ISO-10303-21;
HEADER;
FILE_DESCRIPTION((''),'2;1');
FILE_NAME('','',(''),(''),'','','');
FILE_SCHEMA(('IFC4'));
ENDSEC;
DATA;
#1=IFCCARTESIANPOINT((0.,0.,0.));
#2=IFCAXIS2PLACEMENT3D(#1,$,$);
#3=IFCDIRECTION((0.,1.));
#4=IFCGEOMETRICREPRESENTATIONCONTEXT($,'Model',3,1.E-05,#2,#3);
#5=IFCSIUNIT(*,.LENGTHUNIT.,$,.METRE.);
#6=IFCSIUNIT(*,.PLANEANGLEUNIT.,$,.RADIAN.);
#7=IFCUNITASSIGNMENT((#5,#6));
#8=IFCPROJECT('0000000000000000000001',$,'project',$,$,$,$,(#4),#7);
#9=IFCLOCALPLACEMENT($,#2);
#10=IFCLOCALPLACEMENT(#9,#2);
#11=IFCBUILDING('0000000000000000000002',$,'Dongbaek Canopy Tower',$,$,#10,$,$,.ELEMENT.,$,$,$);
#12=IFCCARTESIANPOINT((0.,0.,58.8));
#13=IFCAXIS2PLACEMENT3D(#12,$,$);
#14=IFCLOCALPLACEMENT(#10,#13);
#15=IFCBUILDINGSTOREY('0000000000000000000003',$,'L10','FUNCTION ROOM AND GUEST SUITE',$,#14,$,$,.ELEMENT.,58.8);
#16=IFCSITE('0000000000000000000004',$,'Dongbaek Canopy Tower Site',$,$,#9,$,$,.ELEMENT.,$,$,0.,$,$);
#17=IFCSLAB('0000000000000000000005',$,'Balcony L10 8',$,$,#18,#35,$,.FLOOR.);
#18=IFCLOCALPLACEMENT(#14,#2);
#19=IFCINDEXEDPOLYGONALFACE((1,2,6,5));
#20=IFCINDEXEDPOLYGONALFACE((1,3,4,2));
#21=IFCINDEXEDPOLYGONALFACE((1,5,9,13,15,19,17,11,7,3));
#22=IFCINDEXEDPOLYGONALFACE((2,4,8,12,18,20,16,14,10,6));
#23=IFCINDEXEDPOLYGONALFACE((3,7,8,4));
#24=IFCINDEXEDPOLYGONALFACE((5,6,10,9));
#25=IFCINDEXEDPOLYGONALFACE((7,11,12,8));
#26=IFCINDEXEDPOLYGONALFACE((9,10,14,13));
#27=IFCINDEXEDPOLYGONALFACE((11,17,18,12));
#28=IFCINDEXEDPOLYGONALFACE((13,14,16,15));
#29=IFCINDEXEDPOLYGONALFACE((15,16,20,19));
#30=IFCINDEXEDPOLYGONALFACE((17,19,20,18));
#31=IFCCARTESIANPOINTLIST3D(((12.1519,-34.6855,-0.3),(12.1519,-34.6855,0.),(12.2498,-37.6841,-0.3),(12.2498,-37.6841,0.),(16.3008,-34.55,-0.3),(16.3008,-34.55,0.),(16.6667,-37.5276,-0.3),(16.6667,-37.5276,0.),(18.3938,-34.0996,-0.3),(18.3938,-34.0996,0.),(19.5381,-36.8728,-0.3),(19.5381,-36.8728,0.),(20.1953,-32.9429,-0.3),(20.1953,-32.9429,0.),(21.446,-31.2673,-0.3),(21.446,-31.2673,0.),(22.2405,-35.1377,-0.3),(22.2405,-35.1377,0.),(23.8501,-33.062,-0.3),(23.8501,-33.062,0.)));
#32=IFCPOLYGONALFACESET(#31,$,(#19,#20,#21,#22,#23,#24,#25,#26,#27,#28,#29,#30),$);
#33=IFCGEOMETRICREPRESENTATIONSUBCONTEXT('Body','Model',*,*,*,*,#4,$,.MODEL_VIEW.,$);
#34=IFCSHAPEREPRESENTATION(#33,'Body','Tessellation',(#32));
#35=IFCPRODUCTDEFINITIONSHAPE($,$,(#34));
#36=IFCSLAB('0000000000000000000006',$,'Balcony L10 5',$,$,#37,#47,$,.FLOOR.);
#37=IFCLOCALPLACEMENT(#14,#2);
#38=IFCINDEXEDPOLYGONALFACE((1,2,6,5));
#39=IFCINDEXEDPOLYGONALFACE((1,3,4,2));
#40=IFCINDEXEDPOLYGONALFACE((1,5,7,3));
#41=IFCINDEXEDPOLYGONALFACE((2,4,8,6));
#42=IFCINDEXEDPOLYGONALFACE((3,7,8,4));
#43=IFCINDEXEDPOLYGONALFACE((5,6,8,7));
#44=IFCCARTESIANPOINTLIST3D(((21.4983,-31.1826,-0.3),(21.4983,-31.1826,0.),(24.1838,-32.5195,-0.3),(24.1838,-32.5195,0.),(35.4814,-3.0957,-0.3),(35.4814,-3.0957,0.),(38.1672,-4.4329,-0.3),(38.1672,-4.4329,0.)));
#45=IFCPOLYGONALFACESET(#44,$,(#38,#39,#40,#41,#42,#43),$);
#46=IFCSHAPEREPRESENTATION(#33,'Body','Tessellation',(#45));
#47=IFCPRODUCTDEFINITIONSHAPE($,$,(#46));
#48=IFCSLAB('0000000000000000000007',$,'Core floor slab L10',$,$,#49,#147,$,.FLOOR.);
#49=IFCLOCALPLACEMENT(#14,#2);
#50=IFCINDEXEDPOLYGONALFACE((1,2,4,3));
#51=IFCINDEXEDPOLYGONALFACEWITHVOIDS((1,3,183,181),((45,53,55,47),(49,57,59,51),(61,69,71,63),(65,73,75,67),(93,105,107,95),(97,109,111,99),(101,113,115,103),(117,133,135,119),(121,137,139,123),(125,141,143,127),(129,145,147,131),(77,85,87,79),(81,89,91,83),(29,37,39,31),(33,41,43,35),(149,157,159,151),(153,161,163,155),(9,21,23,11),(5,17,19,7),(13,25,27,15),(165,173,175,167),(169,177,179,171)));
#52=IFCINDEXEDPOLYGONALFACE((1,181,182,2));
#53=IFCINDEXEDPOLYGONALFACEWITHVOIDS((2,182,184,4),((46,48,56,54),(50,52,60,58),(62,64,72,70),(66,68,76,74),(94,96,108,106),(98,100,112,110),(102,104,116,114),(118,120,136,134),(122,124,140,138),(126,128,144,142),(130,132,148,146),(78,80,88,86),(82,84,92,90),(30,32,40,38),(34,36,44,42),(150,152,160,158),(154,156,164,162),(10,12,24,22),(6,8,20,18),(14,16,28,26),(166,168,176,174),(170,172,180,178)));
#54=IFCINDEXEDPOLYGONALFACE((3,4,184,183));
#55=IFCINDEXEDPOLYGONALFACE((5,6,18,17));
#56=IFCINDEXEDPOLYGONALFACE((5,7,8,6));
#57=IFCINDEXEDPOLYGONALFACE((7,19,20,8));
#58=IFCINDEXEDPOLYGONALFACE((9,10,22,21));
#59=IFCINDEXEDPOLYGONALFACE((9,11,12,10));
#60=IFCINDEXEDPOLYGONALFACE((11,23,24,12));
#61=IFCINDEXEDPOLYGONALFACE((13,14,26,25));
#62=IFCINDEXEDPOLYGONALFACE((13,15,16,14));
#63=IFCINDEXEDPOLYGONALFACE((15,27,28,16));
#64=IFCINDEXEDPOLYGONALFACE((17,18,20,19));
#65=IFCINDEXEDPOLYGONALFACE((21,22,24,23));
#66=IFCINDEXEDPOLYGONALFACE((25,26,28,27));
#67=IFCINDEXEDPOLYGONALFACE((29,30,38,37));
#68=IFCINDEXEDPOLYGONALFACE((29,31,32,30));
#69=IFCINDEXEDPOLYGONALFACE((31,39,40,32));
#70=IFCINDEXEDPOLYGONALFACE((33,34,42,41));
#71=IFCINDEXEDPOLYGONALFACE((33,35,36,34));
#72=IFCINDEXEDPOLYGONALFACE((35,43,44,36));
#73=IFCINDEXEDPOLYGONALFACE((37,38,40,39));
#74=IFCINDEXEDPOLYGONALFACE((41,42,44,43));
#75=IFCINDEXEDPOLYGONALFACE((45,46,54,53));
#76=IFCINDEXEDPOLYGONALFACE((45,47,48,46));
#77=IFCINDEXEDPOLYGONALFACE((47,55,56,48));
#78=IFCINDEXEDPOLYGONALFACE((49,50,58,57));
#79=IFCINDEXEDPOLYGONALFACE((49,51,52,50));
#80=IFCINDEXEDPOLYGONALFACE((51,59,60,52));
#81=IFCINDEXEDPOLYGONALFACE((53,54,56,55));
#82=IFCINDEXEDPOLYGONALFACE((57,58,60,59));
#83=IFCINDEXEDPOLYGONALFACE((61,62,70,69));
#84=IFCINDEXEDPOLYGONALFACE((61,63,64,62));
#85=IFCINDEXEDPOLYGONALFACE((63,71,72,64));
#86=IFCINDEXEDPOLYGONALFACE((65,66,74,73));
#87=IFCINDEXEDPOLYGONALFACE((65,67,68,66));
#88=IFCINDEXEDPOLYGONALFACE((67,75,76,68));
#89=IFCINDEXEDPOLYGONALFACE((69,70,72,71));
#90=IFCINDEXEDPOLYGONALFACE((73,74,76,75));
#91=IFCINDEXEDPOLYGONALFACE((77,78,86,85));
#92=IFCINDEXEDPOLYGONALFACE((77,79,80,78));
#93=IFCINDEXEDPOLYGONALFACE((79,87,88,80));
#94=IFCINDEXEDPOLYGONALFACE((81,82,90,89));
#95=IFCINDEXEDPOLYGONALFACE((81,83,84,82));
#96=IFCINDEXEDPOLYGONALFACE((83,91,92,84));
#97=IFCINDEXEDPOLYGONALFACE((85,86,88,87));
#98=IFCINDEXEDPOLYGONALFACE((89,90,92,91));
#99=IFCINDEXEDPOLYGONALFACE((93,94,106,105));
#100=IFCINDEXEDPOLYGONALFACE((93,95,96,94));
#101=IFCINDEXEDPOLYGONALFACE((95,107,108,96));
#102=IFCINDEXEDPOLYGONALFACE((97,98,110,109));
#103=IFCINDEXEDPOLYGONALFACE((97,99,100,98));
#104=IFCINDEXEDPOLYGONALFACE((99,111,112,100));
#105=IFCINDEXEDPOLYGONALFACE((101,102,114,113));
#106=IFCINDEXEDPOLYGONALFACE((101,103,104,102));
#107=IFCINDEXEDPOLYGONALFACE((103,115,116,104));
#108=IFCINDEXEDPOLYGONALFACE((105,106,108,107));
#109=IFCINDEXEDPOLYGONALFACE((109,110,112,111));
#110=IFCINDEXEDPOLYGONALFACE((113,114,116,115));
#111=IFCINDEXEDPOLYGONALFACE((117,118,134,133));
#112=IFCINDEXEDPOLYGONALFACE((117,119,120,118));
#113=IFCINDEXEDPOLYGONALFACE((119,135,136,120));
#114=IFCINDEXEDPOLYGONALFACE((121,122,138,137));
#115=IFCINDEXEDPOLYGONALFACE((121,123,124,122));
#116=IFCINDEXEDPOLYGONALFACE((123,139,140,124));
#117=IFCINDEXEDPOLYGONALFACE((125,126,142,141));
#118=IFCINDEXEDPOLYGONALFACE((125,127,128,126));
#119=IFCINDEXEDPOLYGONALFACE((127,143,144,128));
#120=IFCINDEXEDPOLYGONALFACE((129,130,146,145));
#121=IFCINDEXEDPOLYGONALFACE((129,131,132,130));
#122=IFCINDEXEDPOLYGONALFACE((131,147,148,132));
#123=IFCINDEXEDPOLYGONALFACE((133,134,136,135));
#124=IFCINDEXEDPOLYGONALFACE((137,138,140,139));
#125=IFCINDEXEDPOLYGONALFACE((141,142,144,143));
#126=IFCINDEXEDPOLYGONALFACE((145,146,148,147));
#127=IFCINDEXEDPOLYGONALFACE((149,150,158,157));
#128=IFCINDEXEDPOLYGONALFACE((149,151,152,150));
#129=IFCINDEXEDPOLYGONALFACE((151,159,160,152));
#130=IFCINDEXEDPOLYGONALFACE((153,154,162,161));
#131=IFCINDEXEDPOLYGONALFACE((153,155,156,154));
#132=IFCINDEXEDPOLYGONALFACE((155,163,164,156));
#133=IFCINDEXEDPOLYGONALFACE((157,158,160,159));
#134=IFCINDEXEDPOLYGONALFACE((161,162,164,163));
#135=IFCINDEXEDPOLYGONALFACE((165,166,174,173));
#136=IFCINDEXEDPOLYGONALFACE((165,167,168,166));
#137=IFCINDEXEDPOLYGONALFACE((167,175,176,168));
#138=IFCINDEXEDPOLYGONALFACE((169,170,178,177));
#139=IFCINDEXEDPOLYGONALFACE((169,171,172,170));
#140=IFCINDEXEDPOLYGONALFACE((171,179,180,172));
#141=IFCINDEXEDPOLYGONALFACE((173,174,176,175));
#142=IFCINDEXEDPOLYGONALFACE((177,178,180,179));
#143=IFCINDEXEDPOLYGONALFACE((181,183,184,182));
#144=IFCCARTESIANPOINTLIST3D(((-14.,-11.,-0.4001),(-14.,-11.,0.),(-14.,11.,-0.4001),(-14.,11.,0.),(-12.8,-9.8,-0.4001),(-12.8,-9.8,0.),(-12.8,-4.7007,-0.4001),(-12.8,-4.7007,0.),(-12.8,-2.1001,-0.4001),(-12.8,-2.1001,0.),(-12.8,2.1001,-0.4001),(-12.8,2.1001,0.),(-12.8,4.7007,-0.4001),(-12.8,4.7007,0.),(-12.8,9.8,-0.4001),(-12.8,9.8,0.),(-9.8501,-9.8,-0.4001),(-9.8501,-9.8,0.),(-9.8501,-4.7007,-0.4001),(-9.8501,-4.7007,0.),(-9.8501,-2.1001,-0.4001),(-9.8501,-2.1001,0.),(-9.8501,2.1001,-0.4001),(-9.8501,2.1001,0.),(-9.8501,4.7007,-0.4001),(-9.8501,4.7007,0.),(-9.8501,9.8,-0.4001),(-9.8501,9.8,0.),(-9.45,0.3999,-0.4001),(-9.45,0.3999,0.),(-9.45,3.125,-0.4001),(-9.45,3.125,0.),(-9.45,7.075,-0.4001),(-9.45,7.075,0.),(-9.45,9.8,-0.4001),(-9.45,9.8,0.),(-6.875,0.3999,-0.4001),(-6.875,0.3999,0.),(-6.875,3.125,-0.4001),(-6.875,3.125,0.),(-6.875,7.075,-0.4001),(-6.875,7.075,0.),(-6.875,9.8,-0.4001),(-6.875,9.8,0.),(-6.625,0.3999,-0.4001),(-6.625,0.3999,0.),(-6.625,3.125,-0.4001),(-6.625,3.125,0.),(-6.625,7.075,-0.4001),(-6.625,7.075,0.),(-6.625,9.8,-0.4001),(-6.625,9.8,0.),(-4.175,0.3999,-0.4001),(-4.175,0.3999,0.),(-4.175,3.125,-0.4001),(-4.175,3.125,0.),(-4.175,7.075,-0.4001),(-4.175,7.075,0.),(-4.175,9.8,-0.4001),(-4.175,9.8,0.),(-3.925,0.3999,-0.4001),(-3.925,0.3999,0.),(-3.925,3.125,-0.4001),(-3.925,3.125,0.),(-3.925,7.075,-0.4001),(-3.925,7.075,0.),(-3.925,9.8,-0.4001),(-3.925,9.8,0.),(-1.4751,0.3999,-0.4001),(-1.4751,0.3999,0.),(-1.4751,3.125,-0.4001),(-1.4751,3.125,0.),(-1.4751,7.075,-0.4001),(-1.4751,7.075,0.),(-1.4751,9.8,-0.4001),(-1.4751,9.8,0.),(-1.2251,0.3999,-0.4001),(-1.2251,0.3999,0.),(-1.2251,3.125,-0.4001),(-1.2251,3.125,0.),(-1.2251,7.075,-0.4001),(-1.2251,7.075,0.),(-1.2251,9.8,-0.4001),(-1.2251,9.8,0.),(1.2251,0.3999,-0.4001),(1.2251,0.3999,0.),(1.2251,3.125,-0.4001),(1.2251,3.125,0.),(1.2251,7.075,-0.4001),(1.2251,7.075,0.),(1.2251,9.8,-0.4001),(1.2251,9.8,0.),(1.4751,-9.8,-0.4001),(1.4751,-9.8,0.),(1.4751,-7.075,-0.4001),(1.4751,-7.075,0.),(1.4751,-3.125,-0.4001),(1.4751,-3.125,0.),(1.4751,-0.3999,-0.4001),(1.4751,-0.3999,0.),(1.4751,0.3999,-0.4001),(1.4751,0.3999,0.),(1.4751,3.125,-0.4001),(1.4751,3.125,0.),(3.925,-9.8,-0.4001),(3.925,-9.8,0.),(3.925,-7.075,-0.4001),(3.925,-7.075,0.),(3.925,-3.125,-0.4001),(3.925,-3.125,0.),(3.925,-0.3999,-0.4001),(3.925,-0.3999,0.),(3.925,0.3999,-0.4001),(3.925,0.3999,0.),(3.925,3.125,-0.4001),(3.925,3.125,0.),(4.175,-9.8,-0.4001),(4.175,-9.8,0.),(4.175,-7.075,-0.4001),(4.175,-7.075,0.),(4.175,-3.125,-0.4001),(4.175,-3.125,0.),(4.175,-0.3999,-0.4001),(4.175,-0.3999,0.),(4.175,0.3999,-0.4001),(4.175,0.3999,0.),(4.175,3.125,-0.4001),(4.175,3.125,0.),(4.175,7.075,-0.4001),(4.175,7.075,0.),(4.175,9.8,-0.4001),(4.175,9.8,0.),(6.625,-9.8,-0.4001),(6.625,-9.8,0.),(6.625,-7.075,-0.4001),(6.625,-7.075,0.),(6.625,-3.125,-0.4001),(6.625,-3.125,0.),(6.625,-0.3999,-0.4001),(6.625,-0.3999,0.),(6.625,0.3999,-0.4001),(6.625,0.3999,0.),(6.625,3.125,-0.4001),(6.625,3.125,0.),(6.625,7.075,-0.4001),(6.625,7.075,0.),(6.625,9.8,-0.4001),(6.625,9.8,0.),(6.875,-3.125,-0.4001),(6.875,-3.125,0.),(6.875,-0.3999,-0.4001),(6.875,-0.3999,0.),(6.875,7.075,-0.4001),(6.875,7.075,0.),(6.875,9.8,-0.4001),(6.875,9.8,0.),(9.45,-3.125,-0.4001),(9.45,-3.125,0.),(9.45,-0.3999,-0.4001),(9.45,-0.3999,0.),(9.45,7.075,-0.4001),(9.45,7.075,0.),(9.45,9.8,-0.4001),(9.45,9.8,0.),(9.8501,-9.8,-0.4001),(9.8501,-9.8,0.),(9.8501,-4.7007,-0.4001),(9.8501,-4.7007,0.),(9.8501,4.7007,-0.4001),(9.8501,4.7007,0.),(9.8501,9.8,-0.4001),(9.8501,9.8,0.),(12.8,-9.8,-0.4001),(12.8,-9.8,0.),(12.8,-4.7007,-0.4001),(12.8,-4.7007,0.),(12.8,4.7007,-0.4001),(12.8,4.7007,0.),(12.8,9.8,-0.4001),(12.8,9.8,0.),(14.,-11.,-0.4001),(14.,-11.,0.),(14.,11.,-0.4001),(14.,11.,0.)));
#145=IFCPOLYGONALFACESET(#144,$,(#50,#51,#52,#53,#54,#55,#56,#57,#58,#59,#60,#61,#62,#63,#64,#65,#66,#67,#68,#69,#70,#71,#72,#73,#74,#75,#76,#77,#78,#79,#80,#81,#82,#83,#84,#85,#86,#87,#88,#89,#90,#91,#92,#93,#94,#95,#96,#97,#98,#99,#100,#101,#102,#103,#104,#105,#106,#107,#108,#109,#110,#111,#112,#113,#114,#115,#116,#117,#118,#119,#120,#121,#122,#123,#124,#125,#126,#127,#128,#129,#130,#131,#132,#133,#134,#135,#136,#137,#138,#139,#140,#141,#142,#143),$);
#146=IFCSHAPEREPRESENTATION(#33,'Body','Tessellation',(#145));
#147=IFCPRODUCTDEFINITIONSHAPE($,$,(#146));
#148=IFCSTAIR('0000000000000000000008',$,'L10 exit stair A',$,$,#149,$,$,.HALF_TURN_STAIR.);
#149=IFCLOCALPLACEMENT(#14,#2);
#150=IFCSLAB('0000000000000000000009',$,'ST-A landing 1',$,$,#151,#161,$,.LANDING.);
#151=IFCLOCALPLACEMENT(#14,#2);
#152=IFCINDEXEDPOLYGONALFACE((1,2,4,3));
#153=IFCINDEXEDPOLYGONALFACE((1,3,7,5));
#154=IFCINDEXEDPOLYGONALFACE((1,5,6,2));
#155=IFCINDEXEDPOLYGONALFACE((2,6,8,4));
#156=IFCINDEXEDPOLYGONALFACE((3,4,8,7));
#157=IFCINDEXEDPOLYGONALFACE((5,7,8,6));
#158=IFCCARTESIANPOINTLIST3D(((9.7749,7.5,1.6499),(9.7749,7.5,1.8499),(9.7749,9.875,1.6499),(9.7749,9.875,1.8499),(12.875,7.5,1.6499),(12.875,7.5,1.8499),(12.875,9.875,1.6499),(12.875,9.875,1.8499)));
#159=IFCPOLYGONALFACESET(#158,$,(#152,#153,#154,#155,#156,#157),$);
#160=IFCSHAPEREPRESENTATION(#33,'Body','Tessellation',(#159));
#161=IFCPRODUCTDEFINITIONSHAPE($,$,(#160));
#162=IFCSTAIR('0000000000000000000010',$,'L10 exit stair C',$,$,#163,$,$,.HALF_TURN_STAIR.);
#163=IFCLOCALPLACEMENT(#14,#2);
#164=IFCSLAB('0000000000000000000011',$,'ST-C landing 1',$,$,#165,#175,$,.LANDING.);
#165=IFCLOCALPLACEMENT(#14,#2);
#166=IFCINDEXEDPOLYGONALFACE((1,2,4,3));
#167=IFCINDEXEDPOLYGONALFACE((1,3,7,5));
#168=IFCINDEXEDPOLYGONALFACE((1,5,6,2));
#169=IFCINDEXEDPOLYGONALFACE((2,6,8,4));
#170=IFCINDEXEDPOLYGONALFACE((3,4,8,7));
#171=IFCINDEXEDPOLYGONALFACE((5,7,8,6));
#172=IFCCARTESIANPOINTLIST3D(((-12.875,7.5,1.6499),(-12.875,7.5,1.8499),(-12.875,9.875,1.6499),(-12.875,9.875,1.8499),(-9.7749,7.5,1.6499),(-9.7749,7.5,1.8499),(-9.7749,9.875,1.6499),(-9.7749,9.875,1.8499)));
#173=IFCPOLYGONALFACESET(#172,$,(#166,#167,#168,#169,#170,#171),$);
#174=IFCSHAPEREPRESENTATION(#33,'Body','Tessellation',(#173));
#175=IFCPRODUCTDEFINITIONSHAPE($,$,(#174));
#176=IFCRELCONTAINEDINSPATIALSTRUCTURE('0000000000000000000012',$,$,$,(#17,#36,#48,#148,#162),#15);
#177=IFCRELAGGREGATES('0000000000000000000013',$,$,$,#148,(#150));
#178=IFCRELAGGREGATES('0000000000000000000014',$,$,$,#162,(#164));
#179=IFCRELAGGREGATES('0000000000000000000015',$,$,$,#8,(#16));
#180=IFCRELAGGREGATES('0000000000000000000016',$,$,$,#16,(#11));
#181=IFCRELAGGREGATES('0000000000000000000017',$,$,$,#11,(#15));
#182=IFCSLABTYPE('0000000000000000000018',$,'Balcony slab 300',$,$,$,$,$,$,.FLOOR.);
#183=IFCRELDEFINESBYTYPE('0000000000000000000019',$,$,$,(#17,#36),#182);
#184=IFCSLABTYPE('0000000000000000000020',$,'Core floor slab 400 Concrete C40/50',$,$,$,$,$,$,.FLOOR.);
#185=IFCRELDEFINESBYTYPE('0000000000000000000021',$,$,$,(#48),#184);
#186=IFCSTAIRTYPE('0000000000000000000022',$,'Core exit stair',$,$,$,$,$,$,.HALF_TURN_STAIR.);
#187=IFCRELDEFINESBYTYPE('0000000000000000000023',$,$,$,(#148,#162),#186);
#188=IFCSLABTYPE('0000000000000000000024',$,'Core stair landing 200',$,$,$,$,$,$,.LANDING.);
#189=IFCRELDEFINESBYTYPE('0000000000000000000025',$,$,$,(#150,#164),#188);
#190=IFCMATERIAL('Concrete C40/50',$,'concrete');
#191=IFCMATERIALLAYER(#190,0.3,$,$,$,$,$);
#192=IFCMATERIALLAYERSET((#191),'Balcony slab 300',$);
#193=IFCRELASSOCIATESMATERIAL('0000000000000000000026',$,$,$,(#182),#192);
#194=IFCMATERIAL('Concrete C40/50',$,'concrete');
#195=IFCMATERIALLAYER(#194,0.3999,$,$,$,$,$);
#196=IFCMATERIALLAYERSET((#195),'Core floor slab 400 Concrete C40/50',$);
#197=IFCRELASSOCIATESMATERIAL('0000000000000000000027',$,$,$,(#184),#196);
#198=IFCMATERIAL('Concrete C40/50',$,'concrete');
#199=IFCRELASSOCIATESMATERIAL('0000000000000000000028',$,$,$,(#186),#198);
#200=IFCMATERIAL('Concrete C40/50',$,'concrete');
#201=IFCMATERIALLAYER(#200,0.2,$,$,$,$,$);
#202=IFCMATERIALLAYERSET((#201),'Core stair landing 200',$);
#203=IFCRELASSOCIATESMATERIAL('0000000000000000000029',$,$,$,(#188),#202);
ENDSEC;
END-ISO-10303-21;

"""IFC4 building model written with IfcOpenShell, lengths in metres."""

from ifc_helpers import new_model, si_unit, direction, frame, origin, place, context, subcontext, project, spatial, polyline, outline, extrude, material, layer, layer_set, type_object, element, aggregate, save


model = new_model("IFC4")

# Units and contexts
model_context = context("Model", 3, precision=1e-05, world=origin(), true_north=direction((0.0, 1.0)))
body_context = subcontext(model_context, "Body", "Model", "MODEL_VIEW")
ifc_project = project(units=[si_unit("LENGTHUNIT", "METRE"), si_unit("PLANEANGLEUNIT", "RADIAN")], contexts=[model_context])

# Site, building, storey
site_placement = place(None, origin())
site = spatial("IfcSite", under=ifc_project, at=site_placement, Name="Dongbaek Canopy Tower Site", CompositionType="ELEMENT", RefElevation=0.0)
building_placement = place(site_placement, origin())
building = spatial("IfcBuilding", under=site, at=building_placement, Name="Dongbaek Canopy Tower", CompositionType="ELEMENT")
storey_placement = place(building_placement, frame((0.0, 0.0, 58.8)))
storey = spatial("IfcBuildingStorey", under=building, at=storey_placement, Name="L10", Description="FUNCTION ROOM AND GUEST SUITE", CompositionType="ELEMENT", Elevation=58.8)

# Slabs
ifc_material_1 = material(Name="Concrete C40/50", Category="concrete")
ifc_layer_1 = layer(ifc_material_1, 0.3)
ifc_layer_set_1 = layer_set([ifc_layer_1], Name="Balcony slab 300")
slab_type_1 = type_object("IfcSlabType", Name="Balcony slab 300", PredefinedType="FLOOR", material=ifc_layer_set_1)
slab_1_placement = place(storey_placement, frame((0.0, 0.0, -0.3)))
element("IfcSlab", 1, at=slab_1_placement, inside=storey, type_object=slab_type_1, Name="Balcony L10 8", PredefinedType="FLOOR", context=body_context, shape_type="SweptSolid", body=[
    extrude(outline(polyline([(12.1519, -34.6855), (16.3008, -34.55), (18.3938, -34.0996), (20.1953, -32.9429), (21.446, -31.2673), (23.8501, -33.062), (22.2405, -35.1377), (19.5381, -36.8728), (16.6667, -37.5276), (12.2498, -37.6841), (12.1519, -34.6855)])), origin(), (0.0, 0.0, 1.0), 0.3),
])
slab_2_placement = place(storey_placement, frame((0.0, 0.0, -0.3)))
element("IfcSlab", 2, at=slab_2_placement, inside=storey, type_object=slab_type_1, Name="Balcony L10 5", PredefinedType="FLOOR", context=body_context, shape_type="SweptSolid", body=[
    extrude(outline(polyline([(21.4983, -31.1826), (35.4814, -3.0957), (38.1672, -4.4329), (24.1838, -32.5195), (21.4983, -31.1826)])), origin(), (0.0, 0.0, 1.0), 0.3),
])
ifc_material_2 = material(Name="Concrete C40/50", Category="concrete")
ifc_layer_2 = layer(ifc_material_2, 0.3999)
ifc_layer_set_2 = layer_set([ifc_layer_2], Name="Core floor slab 400 Concrete C40/50")
slab_type_2 = type_object("IfcSlabType", Name="Core floor slab 400 Concrete C40/50", PredefinedType="FLOOR", material=ifc_layer_set_2)
slab_3_placement = place(storey_placement, frame((0.0, 0.0, -0.4001)))
element("IfcSlab", 3, at=slab_3_placement, inside=storey, type_object=slab_type_2, Name="Core floor slab L10", PredefinedType="FLOOR", context=body_context, shape_type="SweptSolid", body=[
    extrude(outline(polyline([(14.0, -11.0), (14.0, 11.0), (-14.0, 11.0), (-14.0, -11.0), (14.0, -11.0)]), holes=[polyline([(-12.8, 2.1001), (-9.8501, 2.1001), (-9.8501, -2.1001), (-12.8, -2.1001), (-12.8, 2.1001)]), polyline([(-6.875, 9.8), (-6.875, 7.075), (-9.45, 7.075), (-9.45, 9.8), (-6.875, 9.8)]), polyline([(-4.175, 9.8), (-4.175, 7.075), (-6.625, 7.075), (-6.625, 9.8), (-4.175, 9.8)]), polyline([(-1.4751, 9.8), (-1.4751, 7.075), (-3.925, 7.075), (-3.925, 9.8), (-1.4751, 9.8)]), polyline([(1.2251, 9.8), (1.2251, 7.075), (-1.2251, 7.075), (-1.2251, 9.8), (1.2251, 9.8)]), polyline([(6.625, 9.8), (6.625, 7.075), (4.175, 7.075), (4.175, 9.8), (6.625, 9.8)]), polyline([(9.45, 7.075), (6.875, 7.075), (6.875, 9.8), (9.45, 9.8), (9.45, 7.075)]), polyline([(-9.45, 3.125), (-6.875, 3.125), (-6.875, 0.3999), (-9.45, 0.3999), (-9.45, 3.125)]), polyline([(-6.625, 3.125), (-4.175, 3.125), (-4.175, 0.3999), (-6.625, 0.3999), (-6.625, 3.125)]), polyline([(-3.925, 3.125), (-1.4751, 3.125), (-1.4751, 0.3999), (-3.925, 0.3999), (-3.925, 3.125)]), polyline([(-1.2251, 3.125), (1.2251, 3.125), (1.2251, 0.3999), (-1.2251, 0.3999), (-1.2251, 3.125)]), polyline([(1.4751, 0.3999), (1.4751, 3.125), (3.925, 3.125), (3.925, 0.3999), (1.4751, 0.3999)]), polyline([(4.175, 0.3999), (4.175, 3.125), (6.625, 3.125), (6.625, 0.3999), (4.175, 0.3999)]), polyline([(3.925, -0.3999), (3.925, -3.125), (1.4751, -3.125), (1.4751, -0.3999), (3.925, -0.3999)]), polyline([(6.625, -0.3999), (6.625, -3.125), (4.175, -3.125), (4.175, -0.3999), (6.625, -0.3999)]), polyline([(9.45, -3.125), (6.875, -3.125), (6.875, -0.3999), (9.45, -0.3999), (9.45, -3.125)]), polyline([(1.4751, -9.8), (1.4751, -7.075), (3.925, -7.075), (3.925, -9.8), (1.4751, -9.8)]), polyline([(4.175, -9.8), (4.175, -7.075), (6.625, -7.075), (6.625, -9.8), (4.175, -9.8)]), polyline([(12.8, 4.7007), (12.8, 9.8), (9.8501, 9.8), (9.8501, 4.7007), (12.8, 4.7007)]), polyline([(-9.8501, 4.7007), (-9.8501, 9.8), (-12.8, 9.8), (-12.8, 4.7007), (-9.8501, 4.7007)]), polyline([(9.8501, -4.7007), (9.8501, -9.8), (12.8, -9.8), (12.8, -4.7007), (9.8501, -4.7007)]), polyline([(-12.8, -4.7007), (-12.8, -9.8), (-9.8501, -9.8), (-9.8501, -4.7007), (-12.8, -4.7007)])]), origin(), (0.0, 0.0, 1.0), 0.4001),
])

# Stairs, slabs
ifc_material_3 = material(Name="Concrete C40/50", Category="concrete")
stair_type = type_object("IfcStairType", Name="Core exit stair", PredefinedType="HALF_TURN_STAIR", material=ifc_material_3)
stair_1_placement = place(storey_placement, origin())
stair_1 = element("IfcStair", 4, at=stair_1_placement, inside=storey, type_object=stair_type, Name="L10 exit stair A", PredefinedType="HALF_TURN_STAIR")
ifc_material_4 = material(Name="Concrete C40/50", Category="concrete")
ifc_layer_3 = layer(ifc_material_4, 0.2)
ifc_layer_set_3 = layer_set([ifc_layer_3], Name="Core stair landing 200")
slab_type_3 = type_object("IfcSlabType", Name="Core stair landing 200", PredefinedType="LANDING", material=ifc_layer_set_3)
slab_4_placement = place(storey_placement, frame((0.0, 0.0, 1.6499)))
slab_4 = element("IfcSlab", 5, at=slab_4_placement, type_object=slab_type_3, Name="ST-A landing 1", PredefinedType="LANDING", context=body_context, shape_type="SweptSolid", body=[
    extrude(outline(polyline([(12.875, 7.5), (12.875, 9.875), (9.7749, 9.875), (9.7749, 7.5), (12.875, 7.5)])), origin(), (0.0, 0.0, 1.0), 0.2),
])
aggregate(stair_1, [slab_4])
stair_2_placement = place(storey_placement, origin())
stair_2 = element("IfcStair", 6, at=stair_2_placement, inside=storey, type_object=stair_type, Name="L10 exit stair C", PredefinedType="HALF_TURN_STAIR")
slab_5_placement = place(storey_placement, frame((0.0, 0.0, 1.6499)))
slab_5 = element("IfcSlab", 7, at=slab_5_placement, type_object=slab_type_3, Name="ST-C landing 1", PredefinedType="LANDING", context=body_context, shape_type="SweptSolid", body=[
    extrude(outline(polyline([(-9.7749, 7.5), (-9.7749, 9.875), (-12.875, 9.875), (-12.875, 7.5), (-9.7749, 7.5)])), origin(), (0.0, 0.0, 1.0), 0.2),
])
aggregate(stair_2, [slab_5])

save(model, "model.ifc")
